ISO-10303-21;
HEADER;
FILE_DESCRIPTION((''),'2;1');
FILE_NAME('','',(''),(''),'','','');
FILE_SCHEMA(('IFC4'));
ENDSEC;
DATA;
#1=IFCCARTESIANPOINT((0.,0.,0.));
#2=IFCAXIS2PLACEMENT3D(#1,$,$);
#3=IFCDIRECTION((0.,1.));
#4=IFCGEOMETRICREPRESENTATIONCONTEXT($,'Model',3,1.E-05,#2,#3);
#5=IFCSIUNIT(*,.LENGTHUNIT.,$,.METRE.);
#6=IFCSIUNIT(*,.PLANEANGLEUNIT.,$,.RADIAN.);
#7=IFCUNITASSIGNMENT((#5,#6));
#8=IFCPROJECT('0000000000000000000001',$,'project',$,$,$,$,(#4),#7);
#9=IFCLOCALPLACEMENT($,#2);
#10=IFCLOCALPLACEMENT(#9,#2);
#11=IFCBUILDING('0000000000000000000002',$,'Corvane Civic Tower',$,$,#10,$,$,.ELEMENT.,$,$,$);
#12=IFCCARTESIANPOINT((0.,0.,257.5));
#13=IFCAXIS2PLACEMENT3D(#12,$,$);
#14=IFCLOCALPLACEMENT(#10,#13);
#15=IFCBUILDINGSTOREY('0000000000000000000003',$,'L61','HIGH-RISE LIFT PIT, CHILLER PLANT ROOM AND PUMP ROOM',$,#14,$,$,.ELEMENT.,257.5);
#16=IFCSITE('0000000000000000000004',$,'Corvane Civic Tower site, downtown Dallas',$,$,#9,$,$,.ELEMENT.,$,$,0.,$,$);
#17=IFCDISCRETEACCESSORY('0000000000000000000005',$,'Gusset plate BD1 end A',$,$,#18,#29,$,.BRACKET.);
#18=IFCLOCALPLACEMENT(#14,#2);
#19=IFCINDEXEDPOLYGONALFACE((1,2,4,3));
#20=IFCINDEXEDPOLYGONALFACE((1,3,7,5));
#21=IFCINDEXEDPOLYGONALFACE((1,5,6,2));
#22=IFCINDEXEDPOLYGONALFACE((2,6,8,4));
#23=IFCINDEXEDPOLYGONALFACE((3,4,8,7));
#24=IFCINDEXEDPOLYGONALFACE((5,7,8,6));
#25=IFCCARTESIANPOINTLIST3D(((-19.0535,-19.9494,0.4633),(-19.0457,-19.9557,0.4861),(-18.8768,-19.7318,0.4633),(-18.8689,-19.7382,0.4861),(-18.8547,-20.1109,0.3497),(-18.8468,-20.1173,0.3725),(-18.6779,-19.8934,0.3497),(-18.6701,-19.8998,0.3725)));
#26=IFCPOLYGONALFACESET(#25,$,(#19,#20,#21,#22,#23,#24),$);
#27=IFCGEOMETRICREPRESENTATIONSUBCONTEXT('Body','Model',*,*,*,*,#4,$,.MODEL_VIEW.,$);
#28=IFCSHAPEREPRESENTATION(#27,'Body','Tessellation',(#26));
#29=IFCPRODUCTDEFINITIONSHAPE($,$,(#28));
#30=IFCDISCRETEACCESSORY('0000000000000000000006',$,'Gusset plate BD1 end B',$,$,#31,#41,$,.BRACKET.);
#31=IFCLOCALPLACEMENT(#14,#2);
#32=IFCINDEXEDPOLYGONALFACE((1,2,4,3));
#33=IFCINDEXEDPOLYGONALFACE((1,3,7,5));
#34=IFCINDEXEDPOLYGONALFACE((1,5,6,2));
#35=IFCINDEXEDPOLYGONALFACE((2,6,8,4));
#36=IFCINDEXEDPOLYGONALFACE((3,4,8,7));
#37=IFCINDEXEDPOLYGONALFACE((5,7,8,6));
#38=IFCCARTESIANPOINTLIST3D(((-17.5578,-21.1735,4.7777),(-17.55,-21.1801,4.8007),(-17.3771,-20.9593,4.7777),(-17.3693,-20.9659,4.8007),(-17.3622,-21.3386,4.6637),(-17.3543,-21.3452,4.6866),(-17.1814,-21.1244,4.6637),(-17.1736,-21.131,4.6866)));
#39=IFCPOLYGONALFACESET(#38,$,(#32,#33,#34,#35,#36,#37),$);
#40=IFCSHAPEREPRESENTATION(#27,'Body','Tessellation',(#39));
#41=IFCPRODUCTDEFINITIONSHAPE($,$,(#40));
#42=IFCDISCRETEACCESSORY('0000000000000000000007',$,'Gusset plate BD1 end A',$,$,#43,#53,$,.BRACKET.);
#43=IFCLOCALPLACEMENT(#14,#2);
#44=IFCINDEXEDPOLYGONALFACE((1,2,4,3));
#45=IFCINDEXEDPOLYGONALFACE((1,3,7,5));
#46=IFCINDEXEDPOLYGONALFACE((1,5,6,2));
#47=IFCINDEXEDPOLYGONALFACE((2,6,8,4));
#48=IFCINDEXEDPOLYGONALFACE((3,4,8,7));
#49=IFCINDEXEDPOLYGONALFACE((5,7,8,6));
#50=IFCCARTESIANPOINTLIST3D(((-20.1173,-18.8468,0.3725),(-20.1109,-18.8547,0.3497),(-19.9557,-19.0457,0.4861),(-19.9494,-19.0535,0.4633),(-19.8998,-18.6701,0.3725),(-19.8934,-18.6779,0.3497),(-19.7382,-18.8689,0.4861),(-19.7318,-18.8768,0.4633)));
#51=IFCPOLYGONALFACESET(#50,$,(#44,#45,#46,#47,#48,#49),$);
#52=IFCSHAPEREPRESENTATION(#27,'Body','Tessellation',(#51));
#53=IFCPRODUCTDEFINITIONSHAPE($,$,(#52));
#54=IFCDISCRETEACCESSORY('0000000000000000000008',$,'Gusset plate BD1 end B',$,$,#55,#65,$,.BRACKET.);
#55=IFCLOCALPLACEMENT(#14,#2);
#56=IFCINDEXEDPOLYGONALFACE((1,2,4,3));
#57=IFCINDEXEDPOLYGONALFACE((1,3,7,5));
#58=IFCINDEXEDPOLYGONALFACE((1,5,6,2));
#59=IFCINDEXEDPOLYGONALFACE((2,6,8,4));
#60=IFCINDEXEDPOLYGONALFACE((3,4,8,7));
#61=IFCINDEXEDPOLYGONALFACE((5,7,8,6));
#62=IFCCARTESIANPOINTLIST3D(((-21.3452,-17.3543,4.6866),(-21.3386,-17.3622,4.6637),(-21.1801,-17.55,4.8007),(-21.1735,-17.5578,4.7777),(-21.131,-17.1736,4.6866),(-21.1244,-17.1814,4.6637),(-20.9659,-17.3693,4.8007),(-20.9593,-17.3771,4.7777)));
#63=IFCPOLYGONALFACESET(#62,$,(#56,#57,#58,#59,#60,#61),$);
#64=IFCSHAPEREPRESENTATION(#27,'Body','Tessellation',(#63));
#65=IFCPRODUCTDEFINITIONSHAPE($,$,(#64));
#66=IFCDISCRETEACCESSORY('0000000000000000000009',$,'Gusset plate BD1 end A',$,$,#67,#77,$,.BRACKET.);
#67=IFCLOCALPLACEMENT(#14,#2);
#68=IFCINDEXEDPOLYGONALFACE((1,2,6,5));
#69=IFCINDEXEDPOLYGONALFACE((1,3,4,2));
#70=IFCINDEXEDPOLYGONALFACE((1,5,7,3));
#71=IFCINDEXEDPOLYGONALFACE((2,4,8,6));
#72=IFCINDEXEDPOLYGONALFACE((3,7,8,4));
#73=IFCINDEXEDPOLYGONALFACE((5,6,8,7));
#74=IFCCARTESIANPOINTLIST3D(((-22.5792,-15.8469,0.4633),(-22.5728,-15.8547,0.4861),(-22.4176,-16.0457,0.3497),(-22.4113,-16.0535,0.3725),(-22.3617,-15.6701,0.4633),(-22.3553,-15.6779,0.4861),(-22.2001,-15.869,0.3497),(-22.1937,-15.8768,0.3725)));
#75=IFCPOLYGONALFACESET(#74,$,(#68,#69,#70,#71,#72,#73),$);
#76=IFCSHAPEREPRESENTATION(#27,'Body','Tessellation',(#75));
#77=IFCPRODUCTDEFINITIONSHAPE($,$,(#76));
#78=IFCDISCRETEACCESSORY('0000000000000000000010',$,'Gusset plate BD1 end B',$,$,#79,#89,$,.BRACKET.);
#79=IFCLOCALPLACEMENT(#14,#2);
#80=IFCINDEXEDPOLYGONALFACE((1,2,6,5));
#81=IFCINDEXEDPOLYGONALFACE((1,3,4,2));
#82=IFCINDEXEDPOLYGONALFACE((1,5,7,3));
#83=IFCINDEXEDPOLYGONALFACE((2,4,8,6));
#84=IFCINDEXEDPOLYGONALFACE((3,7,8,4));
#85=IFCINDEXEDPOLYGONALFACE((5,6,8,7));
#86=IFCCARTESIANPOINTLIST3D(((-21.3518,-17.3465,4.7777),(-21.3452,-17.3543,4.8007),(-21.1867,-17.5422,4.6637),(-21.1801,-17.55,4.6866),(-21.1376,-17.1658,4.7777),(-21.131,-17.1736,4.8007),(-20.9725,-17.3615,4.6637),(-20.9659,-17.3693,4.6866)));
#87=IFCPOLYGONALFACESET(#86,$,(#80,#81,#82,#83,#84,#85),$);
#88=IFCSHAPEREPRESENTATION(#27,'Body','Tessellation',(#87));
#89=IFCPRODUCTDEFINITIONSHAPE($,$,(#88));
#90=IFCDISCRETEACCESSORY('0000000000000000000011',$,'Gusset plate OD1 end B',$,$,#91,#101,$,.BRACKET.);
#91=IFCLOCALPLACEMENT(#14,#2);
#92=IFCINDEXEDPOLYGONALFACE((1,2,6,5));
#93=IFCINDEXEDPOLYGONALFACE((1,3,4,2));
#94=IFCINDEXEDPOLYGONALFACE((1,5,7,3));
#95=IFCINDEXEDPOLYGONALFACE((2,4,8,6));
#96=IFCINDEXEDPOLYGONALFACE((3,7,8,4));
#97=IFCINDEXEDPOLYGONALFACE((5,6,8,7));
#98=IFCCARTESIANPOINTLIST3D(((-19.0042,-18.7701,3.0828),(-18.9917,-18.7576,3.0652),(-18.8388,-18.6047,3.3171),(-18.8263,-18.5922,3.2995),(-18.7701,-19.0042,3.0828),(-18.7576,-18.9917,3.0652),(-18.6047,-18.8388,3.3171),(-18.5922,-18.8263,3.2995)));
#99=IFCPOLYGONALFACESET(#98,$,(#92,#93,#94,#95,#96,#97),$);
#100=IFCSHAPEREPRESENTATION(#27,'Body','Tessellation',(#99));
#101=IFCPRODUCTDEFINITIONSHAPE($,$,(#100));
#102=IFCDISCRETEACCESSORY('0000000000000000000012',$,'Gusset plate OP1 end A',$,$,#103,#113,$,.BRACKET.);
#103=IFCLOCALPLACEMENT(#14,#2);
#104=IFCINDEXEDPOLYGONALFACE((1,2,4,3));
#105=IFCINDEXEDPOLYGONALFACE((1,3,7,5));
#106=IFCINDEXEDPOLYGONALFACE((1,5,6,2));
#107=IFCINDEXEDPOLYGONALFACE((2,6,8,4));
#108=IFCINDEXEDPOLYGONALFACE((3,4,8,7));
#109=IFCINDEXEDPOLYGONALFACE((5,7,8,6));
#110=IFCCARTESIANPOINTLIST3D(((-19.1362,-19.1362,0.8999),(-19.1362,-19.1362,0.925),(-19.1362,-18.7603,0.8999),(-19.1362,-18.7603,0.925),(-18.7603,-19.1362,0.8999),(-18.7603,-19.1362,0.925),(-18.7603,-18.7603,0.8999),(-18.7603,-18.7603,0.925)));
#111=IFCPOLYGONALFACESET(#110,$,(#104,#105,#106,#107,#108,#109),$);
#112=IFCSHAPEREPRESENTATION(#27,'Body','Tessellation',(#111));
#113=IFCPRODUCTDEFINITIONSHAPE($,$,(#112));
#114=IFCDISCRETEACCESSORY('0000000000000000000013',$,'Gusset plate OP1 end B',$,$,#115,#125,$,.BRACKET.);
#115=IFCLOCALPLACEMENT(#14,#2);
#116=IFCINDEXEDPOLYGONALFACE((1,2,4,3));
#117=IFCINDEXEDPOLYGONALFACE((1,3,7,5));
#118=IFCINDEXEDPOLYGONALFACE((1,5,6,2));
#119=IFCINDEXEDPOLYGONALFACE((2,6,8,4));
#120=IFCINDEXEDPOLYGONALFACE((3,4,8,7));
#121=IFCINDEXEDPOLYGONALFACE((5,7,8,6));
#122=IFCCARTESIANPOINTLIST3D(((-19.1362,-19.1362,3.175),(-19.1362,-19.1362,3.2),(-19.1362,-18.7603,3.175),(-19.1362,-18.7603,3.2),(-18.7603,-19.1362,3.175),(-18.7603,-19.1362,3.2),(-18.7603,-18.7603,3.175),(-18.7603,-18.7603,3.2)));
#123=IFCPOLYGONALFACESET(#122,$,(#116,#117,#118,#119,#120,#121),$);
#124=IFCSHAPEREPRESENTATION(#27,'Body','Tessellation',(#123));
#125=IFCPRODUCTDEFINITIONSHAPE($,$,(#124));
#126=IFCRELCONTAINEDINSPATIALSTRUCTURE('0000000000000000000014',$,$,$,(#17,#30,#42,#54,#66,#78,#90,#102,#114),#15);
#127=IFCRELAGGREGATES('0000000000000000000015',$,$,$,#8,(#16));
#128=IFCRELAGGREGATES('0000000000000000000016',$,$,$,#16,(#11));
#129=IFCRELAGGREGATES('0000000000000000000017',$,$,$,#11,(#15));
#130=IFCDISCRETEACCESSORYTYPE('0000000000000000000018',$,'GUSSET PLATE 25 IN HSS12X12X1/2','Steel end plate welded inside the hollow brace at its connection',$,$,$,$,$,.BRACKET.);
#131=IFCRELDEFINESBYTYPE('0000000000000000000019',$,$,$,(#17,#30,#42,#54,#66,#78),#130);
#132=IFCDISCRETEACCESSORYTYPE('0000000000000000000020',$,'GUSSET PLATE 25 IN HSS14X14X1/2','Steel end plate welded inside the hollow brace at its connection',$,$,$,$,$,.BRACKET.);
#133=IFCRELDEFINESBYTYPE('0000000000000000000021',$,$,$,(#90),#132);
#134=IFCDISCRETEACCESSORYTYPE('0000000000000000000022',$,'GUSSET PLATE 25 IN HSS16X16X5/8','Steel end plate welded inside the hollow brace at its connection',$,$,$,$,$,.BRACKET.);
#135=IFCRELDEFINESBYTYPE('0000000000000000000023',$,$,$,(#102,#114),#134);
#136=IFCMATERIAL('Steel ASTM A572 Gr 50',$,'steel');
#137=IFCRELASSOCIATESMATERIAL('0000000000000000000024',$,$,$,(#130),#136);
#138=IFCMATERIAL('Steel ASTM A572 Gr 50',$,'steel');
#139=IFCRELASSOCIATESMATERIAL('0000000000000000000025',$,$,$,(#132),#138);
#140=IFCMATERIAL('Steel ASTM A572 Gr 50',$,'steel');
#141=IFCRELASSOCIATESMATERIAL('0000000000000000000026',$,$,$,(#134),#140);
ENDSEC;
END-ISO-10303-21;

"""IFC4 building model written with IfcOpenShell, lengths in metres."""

from ifc_helpers import new_model, si_unit, direction, frame, origin, origin_2d, place, context, subcontext, project, spatial, rectangle, extrude, material, material_profile, profile_set, type_object, element, save


model = new_model("IFC4")

# Units and contexts
model_context = context("Model", 3, precision=1e-05, world=origin(), true_north=direction((0.0, 1.0)))
body_context = subcontext(model_context, "Body", "Model", "MODEL_VIEW")
ifc_project = project(units=[si_unit("LENGTHUNIT", "METRE"), si_unit("PLANEANGLEUNIT", "RADIAN")], contexts=[model_context])

# Site, building, storey
site_placement = place(None, origin())
site = spatial("IfcSite", under=ifc_project, at=site_placement, Name="Corvane Civic Tower site, downtown Dallas", CompositionType="ELEMENT", RefElevation=0.0)
building_placement = place(site_placement, origin())
building = spatial("IfcBuilding", under=site, at=building_placement, Name="Corvane Civic Tower", CompositionType="ELEMENT")
storey_placement = place(building_placement, frame((0.0, 0.0, 257.5)))
storey = spatial("IfcBuildingStorey", under=building, at=storey_placement, Name="L61", Description="HIGH-RISE LIFT PIT, CHILLER PLANT ROOM AND PUMP ROOM", CompositionType="ELEMENT", Elevation=257.5)

# Discrete accessories
ifc_material_1 = material(Name="Steel ASTM A572 Gr 50", Category="steel")
ifc_material_profile_1 = material_profile(ifc_material_1, rectangle(XDim=0.2803, YDim=0.2803, at=origin_2d()), Name="GUSSET PLATE 25 IN HSS12X12X1/2")
ifc_profile_set_1 = profile_set([ifc_material_profile_1], Name="Steel ASTM A572 Gr 50")
discrete_accessory_type_1 = type_object("IfcDiscreteAccessoryType", Name="GUSSET PLATE 25 IN HSS12X12X1/2", Description="Steel end plate welded inside the hollow brace at its connection", PredefinedType="BRACKET", material=ifc_profile_set_1)
discrete_accessory_1_placement = place(storey_placement, frame((-18.8657, -19.9214, 0.4065), z_axis=(0.314558, -0.255578, 0.914184), x_axis=(0.630593, 0.776114, 0.0)))
element("IfcDiscreteAccessory", 1, at=discrete_accessory_1_placement, inside=storey, type_object=discrete_accessory_type_1, Name="Gusset plate BD1 end A", PredefinedType="BRACKET", context=body_context, shape_type="SweptSolid", body=[
    extrude(rectangle(XDim=0.2803, YDim=0.2803, at=origin_2d()), origin(), (0.0, 0.0, 1.0), 0.0249),
])
discrete_accessory_2_placement = place(storey_placement, frame((-17.3618, -21.1555, 4.7437), z_axis=(-0.310973, 0.262383, -0.913483), x_axis=(-0.644871, -0.764291, 0.0)))
element("IfcDiscreteAccessory", 2, at=discrete_accessory_2_placement, inside=storey, type_object=discrete_accessory_type_1, Name="Gusset plate BD1 end B", PredefinedType="BRACKET", context=body_context, shape_type="SweptSolid", body=[
    extrude(rectangle(XDim=0.2803, YDim=0.2803, at=origin_2d()), origin(), (0.0, 0.0, 1.0), 0.0251),
])
discrete_accessory_3_placement = place(storey_placement, frame((-19.9214, -18.8657, 0.4065), z_axis=(-0.255578, 0.314558, 0.914184), x_axis=(-0.776114, -0.630593, 0.0)))
element("IfcDiscreteAccessory", 3, at=discrete_accessory_3_placement, inside=storey, type_object=discrete_accessory_type_1, Name="Gusset plate BD1 end A", PredefinedType="BRACKET", context=body_context, shape_type="SweptSolid", body=[
    extrude(rectangle(XDim=0.2803, YDim=0.2803, at=origin_2d()), origin(), (0.0, 0.0, 1.0), 0.0249),
])
discrete_accessory_4_placement = place(storey_placement, frame((-21.1555, -17.3618, 4.7437), z_axis=(0.262383, -0.310973, -0.913483), x_axis=(0.764291, 0.644871, 0.0)))
element("IfcDiscreteAccessory", 4, at=discrete_accessory_4_placement, inside=storey, type_object=discrete_accessory_type_1, Name="Gusset plate BD1 end B", PredefinedType="BRACKET", context=body_context, shape_type="SweptSolid", body=[
    extrude(rectangle(XDim=0.2803, YDim=0.2803, at=origin_2d()), origin(), (0.0, 0.0, 1.0), 0.0251),
])
discrete_accessory_5_placement = place(storey_placement, frame((-22.3896, -15.8579, 0.4065), z_axis=(0.255578, -0.314558, 0.914184), x_axis=(0.776114, 0.630593, 0.0)))
element("IfcDiscreteAccessory", 5, at=discrete_accessory_5_placement, inside=storey, type_object=discrete_accessory_type_1, Name="Gusset plate BD1 end A", PredefinedType="BRACKET", context=body_context, shape_type="SweptSolid", body=[
    extrude(rectangle(XDim=0.2803, YDim=0.2803, at=origin_2d()), origin(), (0.0, 0.0, 1.0), 0.0249),
])
discrete_accessory_6_placement = place(storey_placement, frame((-21.1555, -17.3618, 4.7437), z_axis=(-0.262383, 0.310973, -0.913483), x_axis=(-0.764291, -0.644871, 0.0)))
element("IfcDiscreteAccessory", 6, at=discrete_accessory_6_placement, inside=storey, type_object=discrete_accessory_type_1, Name="Gusset plate BD1 end B", PredefinedType="BRACKET", context=body_context, shape_type="SweptSolid", body=[
    extrude(rectangle(XDim=0.2803, YDim=0.2803, at=origin_2d()), origin(), (0.0, 0.0, 1.0), 0.0251),
])
ifc_material_2 = material(Name="Steel ASTM A572 Gr 50", Category="steel")
ifc_material_profile_2 = material_profile(ifc_material_2, rectangle(XDim=0.3311, YDim=0.3311, at=origin_2d()), Name="GUSSET PLATE 25 IN HSS14X14X1/2")
ifc_profile_set_2 = profile_set([ifc_material_profile_2], Name="Steel ASTM A572 Gr 50")
discrete_accessory_type_2 = type_object("IfcDiscreteAccessoryType", Name="GUSSET PLATE 25 IN HSS14X14X1/2", Description="Steel end plate welded inside the hollow brace at its connection", PredefinedType="BRACKET", material=ifc_profile_set_2)
discrete_accessory_7_placement = place(storey_placement, frame((-18.8044, -18.8044, 3.2), z_axis=(0.500433, 0.500433, -0.706494), x_axis=(-0.707107, 0.707107, 0.0)))
element("IfcDiscreteAccessory", 7, at=discrete_accessory_7_placement, inside=storey, type_object=discrete_accessory_type_2, Name="Gusset plate OD1 end B", PredefinedType="BRACKET", context=body_context, shape_type="SweptSolid", body=[
    extrude(rectangle(XDim=0.3311, YDim=0.3311, at=origin_2d()), origin(), (0.0, 0.0, 1.0), 0.0249),
])
ifc_material_3 = material(Name="Steel ASTM A572 Gr 50", Category="steel")
ifc_material_profile_3 = material_profile(ifc_material_3, rectangle(XDim=0.376, YDim=0.376, at=origin_2d()), Name="GUSSET PLATE 25 IN HSS16X16X5/8")
ifc_profile_set_3 = profile_set([ifc_material_profile_3], Name="Steel ASTM A572 Gr 50")
discrete_accessory_type_3 = type_object("IfcDiscreteAccessoryType", Name="GUSSET PLATE 25 IN HSS16X16X5/8", Description="Steel end plate welded inside the hollow brace at its connection", PredefinedType="BRACKET", material=ifc_profile_set_3)
discrete_accessory_8_placement = place(storey_placement, frame((-18.9482, -18.9482, 0.8999), z_axis=(0.0, 0.0, 1.0), x_axis=(1.0, 0.0, 0.0)))
element("IfcDiscreteAccessory", 8, at=discrete_accessory_8_placement, inside=storey, type_object=discrete_accessory_type_3, Name="Gusset plate OP1 end A", PredefinedType="BRACKET", context=body_context, shape_type="SweptSolid", body=[
    extrude(rectangle(XDim=0.376, YDim=0.376, at=origin_2d()), origin(), (0.0, 0.0, 1.0), 0.0251),
])
discrete_accessory_9_placement = place(storey_placement, frame((-18.9482, -18.9482, 3.2), z_axis=(0.0, 0.0, -1.0), x_axis=(1.0, 0.0, 0.0)))
element("IfcDiscreteAccessory", 9, at=discrete_accessory_9_placement, inside=storey, type_object=discrete_accessory_type_3, Name="Gusset plate OP1 end B", PredefinedType="BRACKET", context=body_context, shape_type="SweptSolid", body=[
    extrude(rectangle(XDim=0.376, YDim=0.376, at=origin_2d()), origin(), (0.0, 0.0, 1.0), 0.0249),
])

save(model, "model.ifc")
